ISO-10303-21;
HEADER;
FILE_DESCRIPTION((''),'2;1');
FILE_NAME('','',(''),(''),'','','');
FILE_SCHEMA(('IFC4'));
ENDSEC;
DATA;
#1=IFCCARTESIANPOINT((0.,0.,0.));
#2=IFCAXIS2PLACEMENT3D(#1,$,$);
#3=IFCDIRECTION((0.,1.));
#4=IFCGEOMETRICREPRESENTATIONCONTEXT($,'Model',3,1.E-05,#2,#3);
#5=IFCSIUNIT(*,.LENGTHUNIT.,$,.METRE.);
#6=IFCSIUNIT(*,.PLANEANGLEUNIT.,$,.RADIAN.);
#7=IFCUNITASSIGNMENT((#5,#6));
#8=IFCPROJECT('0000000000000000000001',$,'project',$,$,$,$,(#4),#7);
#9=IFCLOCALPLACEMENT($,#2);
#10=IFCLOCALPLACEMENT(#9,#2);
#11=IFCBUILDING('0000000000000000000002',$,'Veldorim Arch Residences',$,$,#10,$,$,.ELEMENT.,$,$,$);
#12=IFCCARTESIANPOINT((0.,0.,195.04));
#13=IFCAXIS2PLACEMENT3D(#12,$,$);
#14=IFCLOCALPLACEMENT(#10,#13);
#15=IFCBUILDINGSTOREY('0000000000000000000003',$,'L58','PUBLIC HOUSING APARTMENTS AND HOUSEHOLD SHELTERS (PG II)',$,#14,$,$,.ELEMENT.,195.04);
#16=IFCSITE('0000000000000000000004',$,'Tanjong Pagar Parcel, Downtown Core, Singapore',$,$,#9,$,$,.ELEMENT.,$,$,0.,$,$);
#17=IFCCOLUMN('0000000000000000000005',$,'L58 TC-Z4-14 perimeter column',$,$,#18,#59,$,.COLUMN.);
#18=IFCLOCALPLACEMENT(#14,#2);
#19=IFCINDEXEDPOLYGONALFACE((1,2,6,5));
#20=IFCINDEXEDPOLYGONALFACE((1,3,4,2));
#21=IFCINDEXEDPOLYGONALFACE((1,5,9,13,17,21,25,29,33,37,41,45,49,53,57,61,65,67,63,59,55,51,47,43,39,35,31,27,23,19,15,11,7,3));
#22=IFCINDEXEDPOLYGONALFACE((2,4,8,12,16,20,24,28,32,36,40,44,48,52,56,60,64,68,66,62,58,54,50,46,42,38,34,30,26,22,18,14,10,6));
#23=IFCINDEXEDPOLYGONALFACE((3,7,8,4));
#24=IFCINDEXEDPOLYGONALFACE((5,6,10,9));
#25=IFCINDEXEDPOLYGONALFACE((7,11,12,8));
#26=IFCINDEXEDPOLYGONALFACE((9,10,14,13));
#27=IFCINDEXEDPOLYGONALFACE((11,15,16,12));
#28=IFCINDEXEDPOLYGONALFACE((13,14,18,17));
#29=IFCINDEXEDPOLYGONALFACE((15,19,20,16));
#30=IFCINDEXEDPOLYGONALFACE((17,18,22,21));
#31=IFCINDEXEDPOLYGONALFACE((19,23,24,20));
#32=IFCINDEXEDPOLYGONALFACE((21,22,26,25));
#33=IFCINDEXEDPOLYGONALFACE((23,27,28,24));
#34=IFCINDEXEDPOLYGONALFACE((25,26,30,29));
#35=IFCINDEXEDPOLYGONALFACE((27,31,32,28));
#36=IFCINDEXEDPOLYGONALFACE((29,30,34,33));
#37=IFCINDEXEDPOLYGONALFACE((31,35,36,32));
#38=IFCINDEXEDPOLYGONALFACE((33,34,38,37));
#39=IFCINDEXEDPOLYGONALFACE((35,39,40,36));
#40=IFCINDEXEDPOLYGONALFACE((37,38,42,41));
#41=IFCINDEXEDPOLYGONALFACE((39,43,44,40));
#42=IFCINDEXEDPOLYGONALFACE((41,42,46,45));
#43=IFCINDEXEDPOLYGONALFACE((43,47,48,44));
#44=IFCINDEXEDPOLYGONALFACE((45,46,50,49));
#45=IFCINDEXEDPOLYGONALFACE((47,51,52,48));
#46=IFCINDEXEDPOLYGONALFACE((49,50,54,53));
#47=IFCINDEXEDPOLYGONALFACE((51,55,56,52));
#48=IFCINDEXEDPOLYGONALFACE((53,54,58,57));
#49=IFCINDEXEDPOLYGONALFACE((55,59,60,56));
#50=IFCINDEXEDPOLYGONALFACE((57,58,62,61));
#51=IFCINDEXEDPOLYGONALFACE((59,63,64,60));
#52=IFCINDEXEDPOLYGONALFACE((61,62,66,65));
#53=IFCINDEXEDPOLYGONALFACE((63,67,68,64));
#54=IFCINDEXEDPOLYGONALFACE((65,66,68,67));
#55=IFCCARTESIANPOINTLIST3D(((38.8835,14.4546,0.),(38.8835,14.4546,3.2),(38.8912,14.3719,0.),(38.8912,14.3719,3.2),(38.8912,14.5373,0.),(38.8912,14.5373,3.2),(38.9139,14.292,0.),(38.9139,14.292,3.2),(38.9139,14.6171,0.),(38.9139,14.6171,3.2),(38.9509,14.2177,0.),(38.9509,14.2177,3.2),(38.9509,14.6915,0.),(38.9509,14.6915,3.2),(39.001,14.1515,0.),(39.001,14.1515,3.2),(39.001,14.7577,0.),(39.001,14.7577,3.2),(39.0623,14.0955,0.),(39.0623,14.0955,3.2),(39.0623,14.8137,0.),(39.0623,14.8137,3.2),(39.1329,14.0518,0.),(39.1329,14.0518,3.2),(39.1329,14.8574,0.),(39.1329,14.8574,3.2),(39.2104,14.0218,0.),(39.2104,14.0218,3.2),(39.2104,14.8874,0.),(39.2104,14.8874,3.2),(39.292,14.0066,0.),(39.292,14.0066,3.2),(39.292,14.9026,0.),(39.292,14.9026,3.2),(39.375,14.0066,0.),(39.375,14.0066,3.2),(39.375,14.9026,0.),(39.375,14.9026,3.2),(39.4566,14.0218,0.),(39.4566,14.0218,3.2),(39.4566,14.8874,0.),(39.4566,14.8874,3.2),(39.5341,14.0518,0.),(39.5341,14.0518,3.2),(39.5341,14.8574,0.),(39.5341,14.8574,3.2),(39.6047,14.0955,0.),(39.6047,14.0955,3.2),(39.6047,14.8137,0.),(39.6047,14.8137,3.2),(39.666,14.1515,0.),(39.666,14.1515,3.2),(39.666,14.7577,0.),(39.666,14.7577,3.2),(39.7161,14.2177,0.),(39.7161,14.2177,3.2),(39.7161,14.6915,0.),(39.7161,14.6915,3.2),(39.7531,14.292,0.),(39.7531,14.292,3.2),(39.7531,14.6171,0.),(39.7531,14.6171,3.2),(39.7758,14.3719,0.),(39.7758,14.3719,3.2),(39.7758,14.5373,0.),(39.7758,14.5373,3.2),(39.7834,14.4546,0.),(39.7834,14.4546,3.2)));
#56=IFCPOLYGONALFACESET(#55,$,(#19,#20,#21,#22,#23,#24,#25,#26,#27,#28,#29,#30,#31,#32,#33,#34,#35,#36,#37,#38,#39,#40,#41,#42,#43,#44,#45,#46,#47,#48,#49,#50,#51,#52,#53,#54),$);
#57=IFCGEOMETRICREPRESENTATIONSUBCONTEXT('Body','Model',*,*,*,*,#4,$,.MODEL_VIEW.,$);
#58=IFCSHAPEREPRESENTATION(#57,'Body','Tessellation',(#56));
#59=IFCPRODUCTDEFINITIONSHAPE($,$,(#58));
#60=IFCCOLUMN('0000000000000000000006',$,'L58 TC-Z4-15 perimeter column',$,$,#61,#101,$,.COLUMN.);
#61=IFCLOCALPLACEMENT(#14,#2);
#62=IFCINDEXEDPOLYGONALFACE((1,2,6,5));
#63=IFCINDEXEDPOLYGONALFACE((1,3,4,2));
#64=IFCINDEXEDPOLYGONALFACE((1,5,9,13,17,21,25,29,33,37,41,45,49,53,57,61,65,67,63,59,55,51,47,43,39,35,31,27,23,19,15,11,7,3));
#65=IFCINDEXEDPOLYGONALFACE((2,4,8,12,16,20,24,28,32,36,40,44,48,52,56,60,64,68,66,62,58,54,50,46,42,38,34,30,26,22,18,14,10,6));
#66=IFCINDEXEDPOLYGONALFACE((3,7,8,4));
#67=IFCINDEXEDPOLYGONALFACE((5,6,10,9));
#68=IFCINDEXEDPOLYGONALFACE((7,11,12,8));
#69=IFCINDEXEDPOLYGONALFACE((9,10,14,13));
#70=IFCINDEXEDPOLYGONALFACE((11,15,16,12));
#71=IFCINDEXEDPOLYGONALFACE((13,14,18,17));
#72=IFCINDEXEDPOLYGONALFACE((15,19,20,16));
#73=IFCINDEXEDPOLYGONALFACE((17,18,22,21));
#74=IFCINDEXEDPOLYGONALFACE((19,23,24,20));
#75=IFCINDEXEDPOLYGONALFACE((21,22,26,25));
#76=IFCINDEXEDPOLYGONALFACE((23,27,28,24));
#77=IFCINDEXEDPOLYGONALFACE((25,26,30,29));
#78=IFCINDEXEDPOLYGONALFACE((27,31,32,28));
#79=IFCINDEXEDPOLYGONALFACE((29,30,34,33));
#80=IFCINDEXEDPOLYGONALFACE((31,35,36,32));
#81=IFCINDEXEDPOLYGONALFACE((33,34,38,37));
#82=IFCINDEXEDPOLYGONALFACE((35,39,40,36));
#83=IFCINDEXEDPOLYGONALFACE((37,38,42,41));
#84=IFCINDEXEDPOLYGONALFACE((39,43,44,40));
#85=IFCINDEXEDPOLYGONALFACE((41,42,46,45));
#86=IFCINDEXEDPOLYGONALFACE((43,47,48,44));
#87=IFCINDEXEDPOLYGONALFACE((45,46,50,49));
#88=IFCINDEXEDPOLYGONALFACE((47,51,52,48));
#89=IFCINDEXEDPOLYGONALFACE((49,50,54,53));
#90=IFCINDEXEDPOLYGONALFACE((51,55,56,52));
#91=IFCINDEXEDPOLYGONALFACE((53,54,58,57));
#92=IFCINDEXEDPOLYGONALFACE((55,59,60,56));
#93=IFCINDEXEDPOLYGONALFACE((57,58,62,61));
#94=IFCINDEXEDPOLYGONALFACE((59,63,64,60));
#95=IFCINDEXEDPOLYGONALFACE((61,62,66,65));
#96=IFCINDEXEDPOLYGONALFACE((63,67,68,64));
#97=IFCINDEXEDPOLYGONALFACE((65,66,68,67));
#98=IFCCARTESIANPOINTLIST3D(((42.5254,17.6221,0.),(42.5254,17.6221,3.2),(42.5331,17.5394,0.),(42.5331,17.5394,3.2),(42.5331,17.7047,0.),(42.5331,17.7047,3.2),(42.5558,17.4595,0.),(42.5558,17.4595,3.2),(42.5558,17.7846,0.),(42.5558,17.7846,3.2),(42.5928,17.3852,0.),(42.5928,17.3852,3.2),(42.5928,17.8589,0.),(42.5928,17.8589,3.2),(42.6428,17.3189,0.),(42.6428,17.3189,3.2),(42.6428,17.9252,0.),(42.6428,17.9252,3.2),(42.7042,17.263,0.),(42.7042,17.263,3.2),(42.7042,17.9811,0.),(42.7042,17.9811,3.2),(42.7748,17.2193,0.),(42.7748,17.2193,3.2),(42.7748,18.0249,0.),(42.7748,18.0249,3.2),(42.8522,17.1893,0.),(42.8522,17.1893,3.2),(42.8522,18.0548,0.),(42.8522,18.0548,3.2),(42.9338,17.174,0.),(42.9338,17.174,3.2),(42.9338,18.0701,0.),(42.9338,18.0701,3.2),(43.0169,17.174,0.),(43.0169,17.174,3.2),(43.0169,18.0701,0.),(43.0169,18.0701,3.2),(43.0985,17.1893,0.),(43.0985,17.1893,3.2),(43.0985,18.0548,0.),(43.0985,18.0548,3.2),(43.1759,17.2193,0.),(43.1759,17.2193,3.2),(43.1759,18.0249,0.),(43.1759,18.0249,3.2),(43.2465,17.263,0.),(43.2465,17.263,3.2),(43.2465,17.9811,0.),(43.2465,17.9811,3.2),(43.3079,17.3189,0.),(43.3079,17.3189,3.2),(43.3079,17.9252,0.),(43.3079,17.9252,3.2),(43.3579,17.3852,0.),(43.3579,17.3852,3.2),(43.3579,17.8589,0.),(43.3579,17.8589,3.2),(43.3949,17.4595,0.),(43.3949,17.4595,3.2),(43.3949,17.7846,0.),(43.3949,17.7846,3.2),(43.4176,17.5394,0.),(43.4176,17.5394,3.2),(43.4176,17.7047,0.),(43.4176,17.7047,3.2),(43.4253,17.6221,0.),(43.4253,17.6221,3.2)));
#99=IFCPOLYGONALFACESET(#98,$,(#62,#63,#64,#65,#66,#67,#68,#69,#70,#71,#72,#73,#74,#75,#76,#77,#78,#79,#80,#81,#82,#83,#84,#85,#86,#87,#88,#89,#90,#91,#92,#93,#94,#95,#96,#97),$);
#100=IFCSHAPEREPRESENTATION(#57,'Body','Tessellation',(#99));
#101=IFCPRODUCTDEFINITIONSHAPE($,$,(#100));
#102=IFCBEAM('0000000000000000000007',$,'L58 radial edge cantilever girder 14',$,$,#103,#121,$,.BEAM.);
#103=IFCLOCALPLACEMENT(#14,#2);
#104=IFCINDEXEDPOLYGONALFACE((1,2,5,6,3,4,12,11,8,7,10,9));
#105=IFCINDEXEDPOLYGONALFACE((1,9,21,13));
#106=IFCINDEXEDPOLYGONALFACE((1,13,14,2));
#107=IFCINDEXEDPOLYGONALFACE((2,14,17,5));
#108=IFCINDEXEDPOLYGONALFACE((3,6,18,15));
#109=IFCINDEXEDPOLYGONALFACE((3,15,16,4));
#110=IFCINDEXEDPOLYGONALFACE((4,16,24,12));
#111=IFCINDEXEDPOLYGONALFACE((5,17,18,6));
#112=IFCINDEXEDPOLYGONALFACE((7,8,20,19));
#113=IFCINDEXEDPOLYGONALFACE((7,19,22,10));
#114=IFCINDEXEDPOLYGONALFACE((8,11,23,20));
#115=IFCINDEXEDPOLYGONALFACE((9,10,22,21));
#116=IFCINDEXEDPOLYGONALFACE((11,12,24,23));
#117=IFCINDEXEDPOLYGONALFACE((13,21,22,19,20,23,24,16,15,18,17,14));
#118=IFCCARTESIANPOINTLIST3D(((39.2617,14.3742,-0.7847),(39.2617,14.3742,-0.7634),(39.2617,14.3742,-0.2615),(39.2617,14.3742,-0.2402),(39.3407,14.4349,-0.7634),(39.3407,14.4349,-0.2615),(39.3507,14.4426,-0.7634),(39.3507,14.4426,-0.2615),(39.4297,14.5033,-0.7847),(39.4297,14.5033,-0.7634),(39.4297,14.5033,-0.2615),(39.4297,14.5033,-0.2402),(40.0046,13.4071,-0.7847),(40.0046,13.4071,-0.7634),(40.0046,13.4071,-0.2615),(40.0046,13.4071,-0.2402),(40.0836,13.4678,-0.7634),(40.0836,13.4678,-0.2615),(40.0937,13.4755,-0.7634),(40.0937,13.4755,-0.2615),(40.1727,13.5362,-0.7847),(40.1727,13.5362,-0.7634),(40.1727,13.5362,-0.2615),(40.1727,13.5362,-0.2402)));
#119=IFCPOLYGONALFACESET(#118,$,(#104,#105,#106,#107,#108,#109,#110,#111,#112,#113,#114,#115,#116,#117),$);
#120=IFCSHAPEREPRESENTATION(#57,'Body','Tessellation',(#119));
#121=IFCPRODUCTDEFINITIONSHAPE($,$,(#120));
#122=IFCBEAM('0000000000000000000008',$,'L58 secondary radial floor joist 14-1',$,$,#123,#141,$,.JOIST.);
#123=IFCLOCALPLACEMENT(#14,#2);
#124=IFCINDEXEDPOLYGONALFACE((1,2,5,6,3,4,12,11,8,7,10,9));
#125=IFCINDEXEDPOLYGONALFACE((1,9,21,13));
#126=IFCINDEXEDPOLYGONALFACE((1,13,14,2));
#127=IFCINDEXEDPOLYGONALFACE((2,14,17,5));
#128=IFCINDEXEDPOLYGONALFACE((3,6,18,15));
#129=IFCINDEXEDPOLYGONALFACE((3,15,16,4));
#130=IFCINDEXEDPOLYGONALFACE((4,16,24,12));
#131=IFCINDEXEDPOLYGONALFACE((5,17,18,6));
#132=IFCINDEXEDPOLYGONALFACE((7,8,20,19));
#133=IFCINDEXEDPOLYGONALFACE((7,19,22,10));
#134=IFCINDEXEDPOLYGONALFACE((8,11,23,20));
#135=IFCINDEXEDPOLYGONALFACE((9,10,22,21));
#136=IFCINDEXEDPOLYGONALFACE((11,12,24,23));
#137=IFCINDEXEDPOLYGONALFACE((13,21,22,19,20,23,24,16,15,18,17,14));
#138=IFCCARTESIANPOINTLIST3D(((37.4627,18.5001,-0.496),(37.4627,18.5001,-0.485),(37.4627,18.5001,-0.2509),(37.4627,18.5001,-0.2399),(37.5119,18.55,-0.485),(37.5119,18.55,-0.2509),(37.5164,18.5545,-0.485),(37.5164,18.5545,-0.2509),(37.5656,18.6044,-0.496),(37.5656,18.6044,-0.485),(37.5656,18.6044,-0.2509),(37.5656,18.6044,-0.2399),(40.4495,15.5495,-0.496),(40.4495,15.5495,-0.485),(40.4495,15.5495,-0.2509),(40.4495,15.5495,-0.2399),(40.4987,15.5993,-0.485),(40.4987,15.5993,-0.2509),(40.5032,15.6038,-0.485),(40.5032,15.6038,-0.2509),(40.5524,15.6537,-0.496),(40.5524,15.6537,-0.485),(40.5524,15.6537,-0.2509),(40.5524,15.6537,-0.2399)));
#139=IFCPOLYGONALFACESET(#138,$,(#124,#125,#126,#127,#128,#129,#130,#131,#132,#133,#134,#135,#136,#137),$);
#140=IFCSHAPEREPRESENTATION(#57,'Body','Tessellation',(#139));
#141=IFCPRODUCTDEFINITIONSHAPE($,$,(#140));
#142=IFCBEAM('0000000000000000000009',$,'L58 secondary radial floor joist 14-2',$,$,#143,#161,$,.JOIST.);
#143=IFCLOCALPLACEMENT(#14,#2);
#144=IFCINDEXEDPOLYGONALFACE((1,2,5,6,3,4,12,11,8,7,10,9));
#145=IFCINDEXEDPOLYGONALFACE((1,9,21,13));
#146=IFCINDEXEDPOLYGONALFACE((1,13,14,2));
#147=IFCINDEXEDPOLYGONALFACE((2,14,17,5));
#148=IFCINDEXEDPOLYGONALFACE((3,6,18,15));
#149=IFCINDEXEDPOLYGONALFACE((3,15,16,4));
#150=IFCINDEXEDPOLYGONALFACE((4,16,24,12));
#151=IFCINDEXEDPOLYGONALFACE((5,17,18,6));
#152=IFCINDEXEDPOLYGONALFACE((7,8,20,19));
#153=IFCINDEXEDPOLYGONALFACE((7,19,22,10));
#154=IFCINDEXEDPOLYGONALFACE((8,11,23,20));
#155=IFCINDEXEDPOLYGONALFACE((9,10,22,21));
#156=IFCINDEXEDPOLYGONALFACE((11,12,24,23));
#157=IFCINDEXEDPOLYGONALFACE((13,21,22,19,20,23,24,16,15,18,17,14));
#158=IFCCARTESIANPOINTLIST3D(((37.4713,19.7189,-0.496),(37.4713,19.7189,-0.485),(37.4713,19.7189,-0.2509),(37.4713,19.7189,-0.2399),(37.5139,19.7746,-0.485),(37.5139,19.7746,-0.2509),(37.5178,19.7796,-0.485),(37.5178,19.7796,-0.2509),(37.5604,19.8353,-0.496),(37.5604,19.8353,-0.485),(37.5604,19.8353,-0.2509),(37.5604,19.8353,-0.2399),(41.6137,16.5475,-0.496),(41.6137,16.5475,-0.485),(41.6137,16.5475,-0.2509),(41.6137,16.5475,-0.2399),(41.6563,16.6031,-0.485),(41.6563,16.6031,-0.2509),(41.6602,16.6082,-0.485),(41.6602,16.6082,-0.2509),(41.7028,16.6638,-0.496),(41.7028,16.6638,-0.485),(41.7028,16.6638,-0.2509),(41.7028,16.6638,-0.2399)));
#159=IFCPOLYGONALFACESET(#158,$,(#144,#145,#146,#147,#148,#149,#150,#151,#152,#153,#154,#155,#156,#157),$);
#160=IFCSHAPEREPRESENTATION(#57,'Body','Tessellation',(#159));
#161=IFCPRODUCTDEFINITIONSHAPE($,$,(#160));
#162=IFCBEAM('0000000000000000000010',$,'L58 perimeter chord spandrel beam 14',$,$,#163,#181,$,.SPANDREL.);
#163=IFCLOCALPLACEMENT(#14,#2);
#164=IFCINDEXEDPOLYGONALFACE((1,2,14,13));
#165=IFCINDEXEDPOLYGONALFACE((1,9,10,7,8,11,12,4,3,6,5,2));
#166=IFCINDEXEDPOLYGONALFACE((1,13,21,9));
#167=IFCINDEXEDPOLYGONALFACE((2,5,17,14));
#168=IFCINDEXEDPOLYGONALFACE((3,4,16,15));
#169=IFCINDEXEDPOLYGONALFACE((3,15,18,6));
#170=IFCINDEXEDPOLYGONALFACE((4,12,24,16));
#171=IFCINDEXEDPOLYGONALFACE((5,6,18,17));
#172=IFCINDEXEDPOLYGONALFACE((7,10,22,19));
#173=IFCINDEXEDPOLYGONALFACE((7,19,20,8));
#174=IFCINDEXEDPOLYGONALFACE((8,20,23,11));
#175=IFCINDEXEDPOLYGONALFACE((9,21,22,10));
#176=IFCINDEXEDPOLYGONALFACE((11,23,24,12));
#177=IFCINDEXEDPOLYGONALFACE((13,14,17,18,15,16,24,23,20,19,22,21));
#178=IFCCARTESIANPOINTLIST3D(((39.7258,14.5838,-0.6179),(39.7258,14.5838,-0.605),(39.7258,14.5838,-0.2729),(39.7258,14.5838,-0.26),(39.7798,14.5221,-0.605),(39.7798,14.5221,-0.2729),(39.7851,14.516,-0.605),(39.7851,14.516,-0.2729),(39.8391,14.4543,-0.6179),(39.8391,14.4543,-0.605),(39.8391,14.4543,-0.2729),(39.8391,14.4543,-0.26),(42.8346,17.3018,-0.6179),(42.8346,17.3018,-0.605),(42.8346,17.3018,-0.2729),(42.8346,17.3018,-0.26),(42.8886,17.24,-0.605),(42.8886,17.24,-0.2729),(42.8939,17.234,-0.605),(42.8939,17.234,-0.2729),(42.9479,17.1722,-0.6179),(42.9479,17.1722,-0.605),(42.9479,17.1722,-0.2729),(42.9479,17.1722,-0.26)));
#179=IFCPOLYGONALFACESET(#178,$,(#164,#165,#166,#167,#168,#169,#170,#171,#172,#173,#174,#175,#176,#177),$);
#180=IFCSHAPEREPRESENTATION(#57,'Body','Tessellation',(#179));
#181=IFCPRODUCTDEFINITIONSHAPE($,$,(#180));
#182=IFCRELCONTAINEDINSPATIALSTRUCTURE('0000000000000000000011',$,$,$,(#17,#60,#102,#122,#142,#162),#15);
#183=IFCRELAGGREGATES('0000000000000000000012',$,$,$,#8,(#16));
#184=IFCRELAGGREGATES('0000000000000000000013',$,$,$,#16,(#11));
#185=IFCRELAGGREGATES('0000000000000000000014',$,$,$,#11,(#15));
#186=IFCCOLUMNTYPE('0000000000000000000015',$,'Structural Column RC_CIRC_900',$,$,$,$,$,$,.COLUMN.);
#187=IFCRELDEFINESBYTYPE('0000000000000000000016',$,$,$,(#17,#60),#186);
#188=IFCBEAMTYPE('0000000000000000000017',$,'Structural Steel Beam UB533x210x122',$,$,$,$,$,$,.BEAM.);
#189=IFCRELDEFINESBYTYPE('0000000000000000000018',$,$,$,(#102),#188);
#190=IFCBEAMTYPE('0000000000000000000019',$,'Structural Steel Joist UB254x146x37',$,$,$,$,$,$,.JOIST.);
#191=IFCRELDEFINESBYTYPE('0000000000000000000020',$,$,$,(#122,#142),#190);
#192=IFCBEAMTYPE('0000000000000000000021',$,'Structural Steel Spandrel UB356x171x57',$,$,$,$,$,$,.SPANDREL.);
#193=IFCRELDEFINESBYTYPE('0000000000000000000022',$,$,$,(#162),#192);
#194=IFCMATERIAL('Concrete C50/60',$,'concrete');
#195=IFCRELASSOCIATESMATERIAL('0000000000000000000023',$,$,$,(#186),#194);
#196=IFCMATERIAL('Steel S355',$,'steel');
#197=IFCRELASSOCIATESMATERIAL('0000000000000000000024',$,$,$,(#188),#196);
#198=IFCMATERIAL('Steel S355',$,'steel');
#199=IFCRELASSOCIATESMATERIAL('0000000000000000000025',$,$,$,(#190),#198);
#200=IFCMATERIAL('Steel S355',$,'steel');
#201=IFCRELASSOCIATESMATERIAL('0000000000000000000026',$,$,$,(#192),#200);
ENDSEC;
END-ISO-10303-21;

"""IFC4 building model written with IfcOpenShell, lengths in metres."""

from ifc_helpers import new_model, si_unit, direction, frame, origin, origin_2d, place, context, subcontext, project, spatial, circle, i_section, extrude, material, material_profile, profile_set, type_object, element, save


model = new_model("IFC4")

# Units and contexts
model_context = context("Model", 3, precision=1e-05, world=origin(), true_north=direction((0.0, 1.0)))
body_context = subcontext(model_context, "Body", "Model", "MODEL_VIEW")
ifc_project = project(units=[si_unit("LENGTHUNIT", "METRE"), si_unit("PLANEANGLEUNIT", "RADIAN")], contexts=[model_context])

# Site, building, storey
site_placement = place(None, origin())
site = spatial("IfcSite", under=ifc_project, at=site_placement, Name="Tanjong Pagar Parcel, Downtown Core, Singapore", CompositionType="ELEMENT", RefElevation=0.0)
building_placement = place(site_placement, origin())
building = spatial("IfcBuilding", under=site, at=building_placement, Name="Veldorim Arch Residences", CompositionType="ELEMENT")
storey_placement = place(building_placement, frame((0.0, 0.0, 195.04)))
storey = spatial("IfcBuildingStorey", under=building, at=storey_placement, Name="L58", Description="PUBLIC HOUSING APARTMENTS AND HOUSEHOLD SHELTERS (PG II)", CompositionType="ELEMENT", Elevation=195.04)

# Columns
ifc_material_1 = material(Name="Concrete C50/60", Category="concrete")
ifc_material_profile_1 = material_profile(ifc_material_1, circle(Radius=0.45, at=origin_2d()), Name="RC_CIRC_900")
ifc_profile_set_1 = profile_set([ifc_material_profile_1], Name="Concrete C50/60")
column_type = type_object("IfcColumnType", Name="Structural Column RC_CIRC_900", PredefinedType="COLUMN", material=ifc_profile_set_1)
for number, where, z_axis, x_axis, name in (
    (1, (39.3335, 14.4546, 0.0), (0.0, 0.0, 1.0), (1.0, 0.0, 0.0), "L58 TC-Z4-14 perimeter column"),
    (2, (42.9753, 17.6221, 0.0), (0.0, 0.0, 1.0), (1.0, 0.0, 0.0), "L58 TC-Z4-15 perimeter column"),
):
    element("IfcColumn", number, at=place(storey_placement, frame(where, z_axis=z_axis, x_axis=x_axis)), inside=storey, type_object=column_type, Name=name, PredefinedType="COLUMN", context=body_context, shape_type="SweptSolid", body=[
        extrude(circle(Radius=0.45, at=origin_2d()), origin(), (0.0, 0.0, 1.0), 3.2),
    ])

# Beams
ifc_material_2 = material(Name="Steel S355", Category="steel")
ifc_material_profile_2 = material_profile(ifc_material_2, i_section(OverallWidth=0.2119, OverallDepth=0.5444, WebThickness=0.0127, FlangeThickness=0.0212, at=origin_2d()), Name="UB533x210x122")
ifc_profile_set_2 = profile_set([ifc_material_profile_2], Name="Steel S355")
beam_type_1 = type_object("IfcBeamType", Name="Structural Steel Beam UB533x210x122", PredefinedType="BEAM", material=ifc_profile_set_2)
beam_1_placement = place(storey_placement, frame((39.3457, 14.4387, -0.5125), z_axis=(0.609217, -0.793003, 0.0), x_axis=(0.793003, 0.609217, 0.0)))
element("IfcBeam", 3, at=beam_1_placement, inside=storey, type_object=beam_type_1, Name="L58 radial edge cantilever girder 14", PredefinedType="BEAM", context=body_context, shape_type="SweptSolid", body=[
    extrude(i_section(OverallWidth=0.2119, OverallDepth=0.5444, WebThickness=0.0127, FlangeThickness=0.0212, at=origin_2d()), origin(), (0.0, 0.0, 1.0), 1.2195),
])
ifc_material_3 = material(Name="Steel S355", Category="steel")
ifc_material_profile_3 = material_profile(ifc_material_3, i_section(OverallWidth=0.1465, OverallDepth=0.2561, WebThickness=0.0063, FlangeThickness=0.011, at=origin_2d()), Name="UB254x146x37")
ifc_profile_set_3 = profile_set([ifc_material_profile_3], Name="Steel S355")
beam_type_2 = type_object("IfcBeamType", Name="Structural Steel Joist UB254x146x37", PredefinedType="JOIST", material=ifc_profile_set_3)
beam_2_placement = place(storey_placement, frame((37.5142, 18.5522, -0.3679), z_axis=(0.711397, -0.702791, 0.0), x_axis=(0.702791, 0.711397, 0.0)))
element("IfcBeam", 4, at=beam_2_placement, inside=storey, type_object=beam_type_2, Name="L58 secondary radial floor joist 14-1", PredefinedType="JOIST", context=body_context, shape_type="SweptSolid", body=[
    extrude(i_section(OverallWidth=0.1465, OverallDepth=0.2561, WebThickness=0.0063, FlangeThickness=0.011, at=origin_2d()), origin(), (0.0, 0.0, 1.0), 4.1985),
])
beam_3_placement = place(storey_placement, frame((37.5159, 19.7771, -0.3679), z_axis=(0.794014, -0.6079, 0.0), x_axis=(0.6079, 0.794014, 0.0)))
element("IfcBeam", 5, at=beam_3_placement, inside=storey, type_object=beam_type_2, Name="L58 secondary radial floor joist 14-2", PredefinedType="JOIST", context=body_context, shape_type="SweptSolid", body=[
    extrude(i_section(OverallWidth=0.1465, OverallDepth=0.2561, WebThickness=0.0063, FlangeThickness=0.011, at=origin_2d()), origin(), (0.0, 0.0, 1.0), 5.217),
])
ifc_material_4 = material(Name="Steel S355", Category="steel")
ifc_material_profile_4 = material_profile(ifc_material_4, i_section(OverallWidth=0.1721, OverallDepth=0.3579, WebThickness=0.0081, FlangeThickness=0.0129, at=origin_2d()), Name="UB356x171x57")
ifc_profile_set_4 = profile_set([ifc_material_profile_4], Name="Steel S355")
beam_type_3 = type_object("IfcBeamType", Name="Structural Steel Spandrel UB356x171x57", PredefinedType="SPANDREL", material=ifc_profile_set_4)
beam_4_placement = place(storey_placement, frame((39.7825, 14.519, -0.439), z_axis=(0.752848, 0.658195, 0.0), x_axis=(-0.658195, 0.752848, 0.0)))
element("IfcBeam", 6, at=beam_4_placement, inside=storey, type_object=beam_type_3, Name="L58 perimeter chord spandrel beam 14", PredefinedType="SPANDREL", context=body_context, shape_type="SweptSolid", body=[
    extrude(i_section(OverallWidth=0.1721, OverallDepth=0.3579, WebThickness=0.0081, FlangeThickness=0.0129, at=origin_2d()), origin(), (0.0, 0.0, 1.0), 4.1294),
])

save(model, "model.ifc")
